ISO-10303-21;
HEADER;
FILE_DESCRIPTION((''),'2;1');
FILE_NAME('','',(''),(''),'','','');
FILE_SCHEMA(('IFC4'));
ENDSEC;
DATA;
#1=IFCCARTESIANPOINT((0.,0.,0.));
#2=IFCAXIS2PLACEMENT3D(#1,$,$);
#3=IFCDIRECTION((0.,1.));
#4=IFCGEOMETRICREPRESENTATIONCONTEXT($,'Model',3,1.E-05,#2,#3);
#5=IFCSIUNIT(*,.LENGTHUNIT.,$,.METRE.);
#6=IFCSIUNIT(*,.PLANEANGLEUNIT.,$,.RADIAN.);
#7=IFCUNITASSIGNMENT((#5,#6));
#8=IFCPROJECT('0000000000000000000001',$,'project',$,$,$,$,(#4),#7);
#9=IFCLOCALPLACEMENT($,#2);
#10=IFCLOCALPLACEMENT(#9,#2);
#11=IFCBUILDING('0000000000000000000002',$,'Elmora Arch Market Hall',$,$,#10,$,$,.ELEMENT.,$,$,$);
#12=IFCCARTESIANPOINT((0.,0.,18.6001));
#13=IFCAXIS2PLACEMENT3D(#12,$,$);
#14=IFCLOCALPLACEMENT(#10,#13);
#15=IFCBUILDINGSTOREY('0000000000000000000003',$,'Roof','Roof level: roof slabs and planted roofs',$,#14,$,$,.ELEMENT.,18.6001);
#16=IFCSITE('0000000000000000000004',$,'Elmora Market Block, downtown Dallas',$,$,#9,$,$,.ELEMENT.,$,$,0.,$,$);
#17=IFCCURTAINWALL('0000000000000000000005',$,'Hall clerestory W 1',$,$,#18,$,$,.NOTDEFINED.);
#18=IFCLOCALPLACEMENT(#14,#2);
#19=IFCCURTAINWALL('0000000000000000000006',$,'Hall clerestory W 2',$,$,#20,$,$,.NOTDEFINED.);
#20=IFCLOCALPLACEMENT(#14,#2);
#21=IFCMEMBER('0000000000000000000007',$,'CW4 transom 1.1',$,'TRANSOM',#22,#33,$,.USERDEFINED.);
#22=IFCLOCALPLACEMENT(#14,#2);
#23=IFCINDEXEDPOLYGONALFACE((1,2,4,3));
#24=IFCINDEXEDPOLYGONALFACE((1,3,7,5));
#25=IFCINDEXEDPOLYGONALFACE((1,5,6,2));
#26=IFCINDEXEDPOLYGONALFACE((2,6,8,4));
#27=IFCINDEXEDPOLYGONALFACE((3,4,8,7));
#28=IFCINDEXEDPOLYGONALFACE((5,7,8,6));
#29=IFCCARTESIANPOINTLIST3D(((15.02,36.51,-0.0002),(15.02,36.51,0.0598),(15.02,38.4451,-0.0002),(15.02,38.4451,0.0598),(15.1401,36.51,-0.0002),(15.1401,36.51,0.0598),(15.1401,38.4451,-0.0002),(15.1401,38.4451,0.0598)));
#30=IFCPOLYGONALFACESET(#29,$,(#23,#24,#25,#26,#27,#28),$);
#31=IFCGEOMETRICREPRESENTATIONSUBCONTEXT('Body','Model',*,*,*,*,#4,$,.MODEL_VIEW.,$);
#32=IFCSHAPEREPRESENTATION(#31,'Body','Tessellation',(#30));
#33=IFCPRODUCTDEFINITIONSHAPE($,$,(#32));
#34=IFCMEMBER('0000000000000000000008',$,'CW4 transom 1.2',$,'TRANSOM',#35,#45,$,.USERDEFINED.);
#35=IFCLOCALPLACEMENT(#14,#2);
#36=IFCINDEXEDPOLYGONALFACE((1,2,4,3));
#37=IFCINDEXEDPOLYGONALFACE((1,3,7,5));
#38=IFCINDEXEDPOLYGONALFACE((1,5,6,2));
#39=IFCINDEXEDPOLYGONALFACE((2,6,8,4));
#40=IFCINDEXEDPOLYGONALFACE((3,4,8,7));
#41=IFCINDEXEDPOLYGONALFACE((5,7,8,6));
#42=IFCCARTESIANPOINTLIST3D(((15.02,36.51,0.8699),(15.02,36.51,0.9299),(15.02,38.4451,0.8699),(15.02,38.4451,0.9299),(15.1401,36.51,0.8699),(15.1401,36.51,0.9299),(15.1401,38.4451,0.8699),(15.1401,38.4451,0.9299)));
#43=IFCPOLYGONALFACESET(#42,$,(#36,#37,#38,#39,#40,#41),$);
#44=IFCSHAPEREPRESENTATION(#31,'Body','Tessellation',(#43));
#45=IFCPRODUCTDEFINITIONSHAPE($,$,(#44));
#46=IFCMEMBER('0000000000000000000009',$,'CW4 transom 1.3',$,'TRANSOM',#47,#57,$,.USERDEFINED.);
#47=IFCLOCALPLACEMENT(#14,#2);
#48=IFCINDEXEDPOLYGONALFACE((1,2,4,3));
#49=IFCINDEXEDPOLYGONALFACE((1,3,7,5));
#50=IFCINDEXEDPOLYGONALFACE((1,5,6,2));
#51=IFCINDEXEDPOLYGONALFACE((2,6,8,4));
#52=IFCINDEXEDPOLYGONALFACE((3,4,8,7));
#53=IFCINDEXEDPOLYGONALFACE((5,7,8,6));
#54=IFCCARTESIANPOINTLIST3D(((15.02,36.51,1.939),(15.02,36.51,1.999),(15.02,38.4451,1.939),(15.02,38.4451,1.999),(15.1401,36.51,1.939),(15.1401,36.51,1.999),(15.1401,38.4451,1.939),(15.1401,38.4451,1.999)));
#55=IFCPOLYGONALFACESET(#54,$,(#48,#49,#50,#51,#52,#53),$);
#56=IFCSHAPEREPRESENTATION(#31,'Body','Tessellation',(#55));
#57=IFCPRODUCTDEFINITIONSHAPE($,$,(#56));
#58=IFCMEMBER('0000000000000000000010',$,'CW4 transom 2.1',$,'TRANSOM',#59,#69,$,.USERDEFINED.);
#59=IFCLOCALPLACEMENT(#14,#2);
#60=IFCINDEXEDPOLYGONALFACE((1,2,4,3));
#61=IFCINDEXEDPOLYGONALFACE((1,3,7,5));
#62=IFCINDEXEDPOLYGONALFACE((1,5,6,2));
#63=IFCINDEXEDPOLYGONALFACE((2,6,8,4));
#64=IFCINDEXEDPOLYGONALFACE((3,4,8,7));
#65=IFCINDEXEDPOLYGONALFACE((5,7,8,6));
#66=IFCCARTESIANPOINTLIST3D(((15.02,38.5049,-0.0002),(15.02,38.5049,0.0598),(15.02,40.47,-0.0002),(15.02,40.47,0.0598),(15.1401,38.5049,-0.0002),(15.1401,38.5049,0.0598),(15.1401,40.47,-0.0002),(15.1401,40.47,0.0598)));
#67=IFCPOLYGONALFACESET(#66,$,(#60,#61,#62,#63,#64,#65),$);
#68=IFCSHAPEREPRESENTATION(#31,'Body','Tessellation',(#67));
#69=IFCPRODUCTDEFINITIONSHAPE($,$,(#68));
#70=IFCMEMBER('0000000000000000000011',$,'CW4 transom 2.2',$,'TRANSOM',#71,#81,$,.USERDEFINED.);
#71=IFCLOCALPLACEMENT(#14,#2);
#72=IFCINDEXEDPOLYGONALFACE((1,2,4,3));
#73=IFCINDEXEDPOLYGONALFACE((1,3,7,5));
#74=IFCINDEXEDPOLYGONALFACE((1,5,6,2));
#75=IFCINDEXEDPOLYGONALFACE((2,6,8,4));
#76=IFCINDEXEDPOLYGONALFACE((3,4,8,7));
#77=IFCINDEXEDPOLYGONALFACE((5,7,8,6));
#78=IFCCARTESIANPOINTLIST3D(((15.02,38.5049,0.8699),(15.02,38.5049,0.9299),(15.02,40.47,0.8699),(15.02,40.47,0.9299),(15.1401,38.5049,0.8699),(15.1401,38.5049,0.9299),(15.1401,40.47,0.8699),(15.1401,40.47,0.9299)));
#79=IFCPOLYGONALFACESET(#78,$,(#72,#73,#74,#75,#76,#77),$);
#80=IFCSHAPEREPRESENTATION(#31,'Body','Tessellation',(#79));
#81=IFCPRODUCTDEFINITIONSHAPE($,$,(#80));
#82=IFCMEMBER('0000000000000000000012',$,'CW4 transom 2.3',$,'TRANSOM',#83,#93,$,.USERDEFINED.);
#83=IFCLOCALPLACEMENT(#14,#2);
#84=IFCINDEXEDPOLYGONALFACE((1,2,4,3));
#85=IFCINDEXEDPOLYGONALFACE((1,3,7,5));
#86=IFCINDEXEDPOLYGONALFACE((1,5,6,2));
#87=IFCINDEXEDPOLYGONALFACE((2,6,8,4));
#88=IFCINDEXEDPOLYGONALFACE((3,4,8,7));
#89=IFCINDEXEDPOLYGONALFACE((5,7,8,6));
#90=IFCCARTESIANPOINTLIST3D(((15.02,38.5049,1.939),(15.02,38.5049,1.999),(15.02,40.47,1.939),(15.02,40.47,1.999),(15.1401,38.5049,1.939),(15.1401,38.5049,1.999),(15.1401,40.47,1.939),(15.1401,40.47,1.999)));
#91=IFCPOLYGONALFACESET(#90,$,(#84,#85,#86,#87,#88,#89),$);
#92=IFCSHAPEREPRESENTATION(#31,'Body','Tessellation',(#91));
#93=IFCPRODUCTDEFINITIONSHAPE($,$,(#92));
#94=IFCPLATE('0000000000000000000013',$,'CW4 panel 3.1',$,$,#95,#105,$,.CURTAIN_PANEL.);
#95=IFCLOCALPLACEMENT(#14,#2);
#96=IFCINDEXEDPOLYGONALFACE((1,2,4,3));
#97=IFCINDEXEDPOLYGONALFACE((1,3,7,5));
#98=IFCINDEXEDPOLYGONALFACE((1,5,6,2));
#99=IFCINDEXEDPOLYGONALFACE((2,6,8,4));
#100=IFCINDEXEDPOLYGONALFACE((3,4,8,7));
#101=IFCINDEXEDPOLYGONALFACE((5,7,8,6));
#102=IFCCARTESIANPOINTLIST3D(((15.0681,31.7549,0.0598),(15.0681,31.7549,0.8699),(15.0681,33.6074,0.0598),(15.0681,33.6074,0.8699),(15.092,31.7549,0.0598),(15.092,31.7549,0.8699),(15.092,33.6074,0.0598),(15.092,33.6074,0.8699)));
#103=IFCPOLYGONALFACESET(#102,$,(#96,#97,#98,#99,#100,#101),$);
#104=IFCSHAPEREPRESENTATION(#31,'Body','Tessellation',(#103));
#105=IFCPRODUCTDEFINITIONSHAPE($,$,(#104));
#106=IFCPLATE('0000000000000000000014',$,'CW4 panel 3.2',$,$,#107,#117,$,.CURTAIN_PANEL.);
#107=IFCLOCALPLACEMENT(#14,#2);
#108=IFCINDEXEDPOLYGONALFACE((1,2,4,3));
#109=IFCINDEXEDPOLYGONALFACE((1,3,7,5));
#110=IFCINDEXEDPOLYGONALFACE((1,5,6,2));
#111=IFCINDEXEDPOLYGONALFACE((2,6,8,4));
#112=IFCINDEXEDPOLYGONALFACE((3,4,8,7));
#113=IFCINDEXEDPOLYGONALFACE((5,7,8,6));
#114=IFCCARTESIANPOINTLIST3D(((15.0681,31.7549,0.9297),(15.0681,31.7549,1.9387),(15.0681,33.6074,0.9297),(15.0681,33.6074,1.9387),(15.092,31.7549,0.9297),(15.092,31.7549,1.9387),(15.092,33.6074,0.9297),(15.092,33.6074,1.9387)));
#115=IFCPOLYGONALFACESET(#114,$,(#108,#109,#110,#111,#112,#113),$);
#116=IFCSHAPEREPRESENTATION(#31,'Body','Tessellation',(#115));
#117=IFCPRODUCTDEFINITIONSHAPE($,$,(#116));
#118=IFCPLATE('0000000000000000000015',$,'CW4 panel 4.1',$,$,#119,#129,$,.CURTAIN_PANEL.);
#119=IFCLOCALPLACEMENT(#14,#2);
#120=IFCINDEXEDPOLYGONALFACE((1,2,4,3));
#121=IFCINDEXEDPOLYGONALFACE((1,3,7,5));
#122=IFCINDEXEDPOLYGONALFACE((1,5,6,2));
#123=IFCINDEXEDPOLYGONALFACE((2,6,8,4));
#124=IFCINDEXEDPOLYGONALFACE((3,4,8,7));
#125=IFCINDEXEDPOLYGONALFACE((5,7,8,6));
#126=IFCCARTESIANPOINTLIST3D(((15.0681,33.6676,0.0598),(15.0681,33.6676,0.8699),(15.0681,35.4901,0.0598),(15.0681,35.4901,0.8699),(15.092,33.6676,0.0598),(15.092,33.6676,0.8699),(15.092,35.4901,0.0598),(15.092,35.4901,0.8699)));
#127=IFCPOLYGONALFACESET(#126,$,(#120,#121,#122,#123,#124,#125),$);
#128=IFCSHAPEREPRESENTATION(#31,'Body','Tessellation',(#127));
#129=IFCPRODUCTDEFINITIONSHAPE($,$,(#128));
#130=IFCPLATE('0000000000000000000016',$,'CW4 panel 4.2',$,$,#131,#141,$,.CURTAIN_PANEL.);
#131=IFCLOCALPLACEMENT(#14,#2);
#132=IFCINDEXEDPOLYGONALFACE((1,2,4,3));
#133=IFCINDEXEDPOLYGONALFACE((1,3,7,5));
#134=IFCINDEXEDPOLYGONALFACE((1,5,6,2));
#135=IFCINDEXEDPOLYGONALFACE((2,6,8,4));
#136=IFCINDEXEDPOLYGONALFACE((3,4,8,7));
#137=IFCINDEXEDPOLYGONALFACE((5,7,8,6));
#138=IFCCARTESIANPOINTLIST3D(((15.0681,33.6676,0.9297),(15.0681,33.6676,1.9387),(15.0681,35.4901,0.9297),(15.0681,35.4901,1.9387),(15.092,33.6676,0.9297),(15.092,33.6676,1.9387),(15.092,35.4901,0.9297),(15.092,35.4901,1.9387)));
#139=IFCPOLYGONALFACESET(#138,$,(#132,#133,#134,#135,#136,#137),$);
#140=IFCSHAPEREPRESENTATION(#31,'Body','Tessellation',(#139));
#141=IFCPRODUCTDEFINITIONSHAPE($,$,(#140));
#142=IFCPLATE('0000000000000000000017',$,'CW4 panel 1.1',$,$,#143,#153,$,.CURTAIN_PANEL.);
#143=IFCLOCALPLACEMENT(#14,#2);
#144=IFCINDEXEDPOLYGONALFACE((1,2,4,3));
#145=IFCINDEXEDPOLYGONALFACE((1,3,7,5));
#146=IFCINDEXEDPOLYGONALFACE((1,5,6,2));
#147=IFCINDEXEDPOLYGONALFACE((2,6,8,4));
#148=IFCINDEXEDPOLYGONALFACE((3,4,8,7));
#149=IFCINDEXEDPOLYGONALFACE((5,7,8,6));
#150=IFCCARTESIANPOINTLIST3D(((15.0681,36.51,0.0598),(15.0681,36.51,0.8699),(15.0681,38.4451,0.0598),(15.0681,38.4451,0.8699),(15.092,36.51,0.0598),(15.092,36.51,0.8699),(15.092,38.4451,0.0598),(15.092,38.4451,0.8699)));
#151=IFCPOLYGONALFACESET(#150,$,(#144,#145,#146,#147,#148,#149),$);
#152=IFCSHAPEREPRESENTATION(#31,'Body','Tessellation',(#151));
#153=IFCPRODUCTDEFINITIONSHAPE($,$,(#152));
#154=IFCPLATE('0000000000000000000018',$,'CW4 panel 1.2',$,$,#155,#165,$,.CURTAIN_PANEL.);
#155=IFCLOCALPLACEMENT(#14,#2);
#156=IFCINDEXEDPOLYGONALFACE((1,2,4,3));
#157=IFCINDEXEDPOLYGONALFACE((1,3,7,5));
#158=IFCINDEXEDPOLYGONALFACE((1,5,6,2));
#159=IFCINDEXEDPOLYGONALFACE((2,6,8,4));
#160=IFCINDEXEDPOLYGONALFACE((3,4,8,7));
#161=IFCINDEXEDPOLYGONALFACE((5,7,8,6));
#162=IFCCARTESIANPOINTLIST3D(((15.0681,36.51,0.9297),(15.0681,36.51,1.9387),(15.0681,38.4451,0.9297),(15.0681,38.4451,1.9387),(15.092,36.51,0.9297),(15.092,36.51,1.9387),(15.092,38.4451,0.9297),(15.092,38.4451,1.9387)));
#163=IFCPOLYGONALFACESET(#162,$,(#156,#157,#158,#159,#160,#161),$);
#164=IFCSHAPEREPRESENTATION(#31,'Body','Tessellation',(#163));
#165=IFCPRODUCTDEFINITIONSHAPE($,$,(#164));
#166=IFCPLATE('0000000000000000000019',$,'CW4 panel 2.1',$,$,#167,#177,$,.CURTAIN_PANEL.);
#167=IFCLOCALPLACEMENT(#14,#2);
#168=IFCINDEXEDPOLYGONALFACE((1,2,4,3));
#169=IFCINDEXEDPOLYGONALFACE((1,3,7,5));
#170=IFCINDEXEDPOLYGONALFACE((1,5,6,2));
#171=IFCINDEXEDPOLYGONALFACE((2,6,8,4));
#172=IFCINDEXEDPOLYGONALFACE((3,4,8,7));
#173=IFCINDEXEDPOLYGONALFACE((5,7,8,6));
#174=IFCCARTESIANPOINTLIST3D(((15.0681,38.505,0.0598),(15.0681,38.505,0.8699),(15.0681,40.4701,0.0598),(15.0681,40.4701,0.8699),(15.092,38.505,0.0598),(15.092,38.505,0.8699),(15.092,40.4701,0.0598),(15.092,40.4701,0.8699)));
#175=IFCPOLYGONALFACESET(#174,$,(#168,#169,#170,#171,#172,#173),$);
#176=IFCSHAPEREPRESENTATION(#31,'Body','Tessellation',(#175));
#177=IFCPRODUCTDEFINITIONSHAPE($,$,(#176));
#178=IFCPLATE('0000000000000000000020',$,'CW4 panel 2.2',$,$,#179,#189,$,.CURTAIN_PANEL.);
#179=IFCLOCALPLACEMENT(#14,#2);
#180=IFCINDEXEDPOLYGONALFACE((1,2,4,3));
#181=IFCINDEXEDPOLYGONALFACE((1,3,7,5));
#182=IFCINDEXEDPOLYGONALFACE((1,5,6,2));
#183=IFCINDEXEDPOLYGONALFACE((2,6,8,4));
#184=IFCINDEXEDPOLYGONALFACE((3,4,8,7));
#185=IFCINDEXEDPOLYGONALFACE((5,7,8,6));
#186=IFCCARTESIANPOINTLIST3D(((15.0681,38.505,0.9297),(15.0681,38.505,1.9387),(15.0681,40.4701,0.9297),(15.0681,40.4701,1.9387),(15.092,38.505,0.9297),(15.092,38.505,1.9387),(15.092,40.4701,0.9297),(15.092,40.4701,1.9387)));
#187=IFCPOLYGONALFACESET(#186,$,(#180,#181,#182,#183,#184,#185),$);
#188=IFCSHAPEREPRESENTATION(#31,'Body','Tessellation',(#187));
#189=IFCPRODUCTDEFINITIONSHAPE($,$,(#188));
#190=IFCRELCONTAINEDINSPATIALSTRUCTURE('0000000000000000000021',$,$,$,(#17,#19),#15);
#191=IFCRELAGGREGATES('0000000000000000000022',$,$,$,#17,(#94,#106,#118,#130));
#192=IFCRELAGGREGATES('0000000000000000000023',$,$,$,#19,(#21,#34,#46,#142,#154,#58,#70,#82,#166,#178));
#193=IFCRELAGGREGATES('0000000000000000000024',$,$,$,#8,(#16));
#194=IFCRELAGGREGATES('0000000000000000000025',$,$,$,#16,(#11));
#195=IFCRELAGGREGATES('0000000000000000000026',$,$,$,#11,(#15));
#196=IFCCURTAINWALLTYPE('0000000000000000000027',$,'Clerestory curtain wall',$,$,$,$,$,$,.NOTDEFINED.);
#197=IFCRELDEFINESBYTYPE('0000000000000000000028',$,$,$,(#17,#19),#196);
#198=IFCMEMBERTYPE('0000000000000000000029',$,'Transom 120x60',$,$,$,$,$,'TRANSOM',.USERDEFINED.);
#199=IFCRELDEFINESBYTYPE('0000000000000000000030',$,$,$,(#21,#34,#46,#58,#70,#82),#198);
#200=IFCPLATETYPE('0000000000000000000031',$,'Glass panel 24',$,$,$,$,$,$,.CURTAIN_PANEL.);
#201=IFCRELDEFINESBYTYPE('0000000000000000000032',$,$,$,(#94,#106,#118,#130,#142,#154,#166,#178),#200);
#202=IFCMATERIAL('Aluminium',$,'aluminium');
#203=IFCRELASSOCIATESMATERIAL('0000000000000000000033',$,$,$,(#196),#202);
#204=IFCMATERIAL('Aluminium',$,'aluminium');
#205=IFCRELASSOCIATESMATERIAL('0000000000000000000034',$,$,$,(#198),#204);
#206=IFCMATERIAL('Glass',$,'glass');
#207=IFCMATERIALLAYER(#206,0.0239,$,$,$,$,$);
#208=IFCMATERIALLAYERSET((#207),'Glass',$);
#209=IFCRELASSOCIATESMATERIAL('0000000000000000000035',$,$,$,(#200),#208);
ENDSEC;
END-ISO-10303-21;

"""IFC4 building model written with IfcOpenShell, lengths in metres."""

from ifc_helpers import new_model, si_unit, direction, frame, origin, origin_2d, place, context, subcontext, project, spatial, rectangle, extrude, material, layer, layer_set, material_profile, profile_set, type_object, element, aggregate, save


model = new_model("IFC4")

# Units and contexts
model_context = context("Model", 3, precision=1e-05, world=origin(), true_north=direction((0.0, 1.0)))
body_context = subcontext(model_context, "Body", "Model", "MODEL_VIEW")
ifc_project = project(units=[si_unit("LENGTHUNIT", "METRE"), si_unit("PLANEANGLEUNIT", "RADIAN")], contexts=[model_context])

# Site, building, storey
site_placement = place(None, origin())
site = spatial("IfcSite", under=ifc_project, at=site_placement, Name="Elmora Market Block, downtown Dallas", CompositionType="ELEMENT", RefElevation=0.0)
building_placement = place(site_placement, origin())
building = spatial("IfcBuilding", under=site, at=building_placement, Name="Elmora Arch Market Hall", CompositionType="ELEMENT")
storey_placement = place(building_placement, frame((0.0, 0.0, 18.6001)))
storey = spatial("IfcBuildingStorey", under=building, at=storey_placement, Name="Roof", Description="Roof level: roof slabs and planted roofs", CompositionType="ELEMENT", Elevation=18.6001)

# Curtain walls
ifc_material_1 = material(Name="Aluminium", Category="aluminium")
curtain_wall_type = type_object("IfcCurtainWallType", Name="Clerestory curtain wall", PredefinedType="NOTDEFINED", material=ifc_material_1)
curtain_wall_1_placement = place(storey_placement, origin())
curtain_wall_1 = element("IfcCurtainWall", 1, at=curtain_wall_1_placement, inside=storey, type_object=curtain_wall_type, Name="Hall clerestory W 1", PredefinedType="NOTDEFINED")
curtain_wall_2_placement = place(storey_placement, origin())
curtain_wall_2 = element("IfcCurtainWall", 2, at=curtain_wall_2_placement, inside=storey, type_object=curtain_wall_type, Name="Hall clerestory W 2", PredefinedType="NOTDEFINED")

# Members
ifc_material_2 = material(Name="Aluminium", Category="aluminium")
ifc_material_profile_1 = material_profile(ifc_material_2, rectangle(XDim=0.1201, YDim=0.0601, at=origin_2d()), Name="AL 120x60")
ifc_profile_set_1 = profile_set([ifc_material_profile_1], Name="Aluminium")
member_type_1 = type_object("IfcMemberType", Name="Transom 120x60", ElementType="TRANSOM", PredefinedType="USERDEFINED", material=ifc_profile_set_1)
member_1_placement = place(storey_placement, frame((15.0801, 36.51, 0.0298), z_axis=(0.0, 1.0, 0.0), x_axis=(-1.0, 0.0, 0.0)))
member_1 = element("IfcMember", 3, at=member_1_placement, type_object=member_type_1, Name="CW4 transom 1.1", ObjectType="TRANSOM", PredefinedType="USERDEFINED", context=body_context, shape_type="SweptSolid", body=[
    extrude(rectangle(XDim=0.1201, YDim=0.0601, at=origin_2d()), origin(), (0.0, 0.0, 1.0), 1.9351),
])
member_2_placement = place(storey_placement, frame((15.0801, 36.51, 0.8999), z_axis=(0.0, 1.0, 0.0), x_axis=(-1.0, 0.0, 0.0)))
member_2 = element("IfcMember", 4, at=member_2_placement, type_object=member_type_1, Name="CW4 transom 1.2", ObjectType="TRANSOM", PredefinedType="USERDEFINED", context=body_context, shape_type="SweptSolid", body=[
    extrude(rectangle(XDim=0.1201, YDim=0.0601, at=origin_2d()), origin(), (0.0, 0.0, 1.0), 1.9351),
])
member_3_placement = place(storey_placement, frame((15.0801, 36.51, 1.969), z_axis=(0.0, 1.0, 0.0), x_axis=(-1.0, 0.0, 0.0)))
member_3 = element("IfcMember", 5, at=member_3_placement, type_object=member_type_1, Name="CW4 transom 1.3", ObjectType="TRANSOM", PredefinedType="USERDEFINED", context=body_context, shape_type="SweptSolid", body=[
    extrude(rectangle(XDim=0.1201, YDim=0.0601, at=origin_2d()), origin(), (0.0, 0.0, 1.0), 1.9351),
])
member_4_placement = place(storey_placement, frame((15.0801, 38.5049, 0.0298), z_axis=(0.0, 1.0, 0.0), x_axis=(-1.0, 0.0, 0.0)))
member_4 = element("IfcMember", 6, at=member_4_placement, type_object=member_type_1, Name="CW4 transom 2.1", ObjectType="TRANSOM", PredefinedType="USERDEFINED", context=body_context, shape_type="SweptSolid", body=[
    extrude(rectangle(XDim=0.1201, YDim=0.0601, at=origin_2d()), origin(), (0.0, 0.0, 1.0), 1.9651),
])
member_5_placement = place(storey_placement, frame((15.0801, 38.5049, 0.8999), z_axis=(0.0, 1.0, 0.0), x_axis=(-1.0, 0.0, 0.0)))
member_5 = element("IfcMember", 7, at=member_5_placement, type_object=member_type_1, Name="CW4 transom 2.2", ObjectType="TRANSOM", PredefinedType="USERDEFINED", context=body_context, shape_type="SweptSolid", body=[
    extrude(rectangle(XDim=0.1201, YDim=0.0601, at=origin_2d()), origin(), (0.0, 0.0, 1.0), 1.9651),
])
member_6_placement = place(storey_placement, frame((15.0801, 38.5049, 1.969), z_axis=(0.0, 1.0, 0.0), x_axis=(-1.0, 0.0, 0.0)))
member_6 = element("IfcMember", 8, at=member_6_placement, type_object=member_type_1, Name="CW4 transom 2.3", ObjectType="TRANSOM", PredefinedType="USERDEFINED", context=body_context, shape_type="SweptSolid", body=[
    extrude(rectangle(XDim=0.1201, YDim=0.0601, at=origin_2d()), origin(), (0.0, 0.0, 1.0), 1.9651),
])

# Plates
ifc_material_3 = material(Name="Glass", Category="glass")
ifc_layer_1 = layer(ifc_material_3, 0.0239)
ifc_layer_set_1 = layer_set([ifc_layer_1], Name="Glass")
plate_type = type_object("IfcPlateType", Name="Glass panel 24", PredefinedType="CURTAIN_PANEL", material=ifc_layer_set_1)
plate_1_placement = place(storey_placement, frame((15.0801, 32.6812, 0.0598), z_axis=(0.0, 0.0, 1.0), x_axis=(0.0, 1.0, 0.0)))
plate_1 = element("IfcPlate", 9, at=plate_1_placement, type_object=plate_type, Name="CW4 panel 3.1", PredefinedType="CURTAIN_PANEL", context=body_context, shape_type="SweptSolid", body=[
    extrude(rectangle(XDim=1.8525, YDim=0.0239, at=origin_2d()), origin(), (0.0, 0.0, 1.0), 0.8101),
])
plate_2_placement = place(storey_placement, frame((15.0801, 32.6812, 0.9297), z_axis=(0.0, 0.0, 1.0), x_axis=(0.0, 1.0, 0.0)))
plate_2 = element("IfcPlate", 10, at=plate_2_placement, type_object=plate_type, Name="CW4 panel 3.2", PredefinedType="CURTAIN_PANEL", context=body_context, shape_type="SweptSolid", body=[
    extrude(rectangle(XDim=1.8525, YDim=0.0239, at=origin_2d()), origin(), (0.0, 0.0, 1.0), 1.009),
])
plate_3_placement = place(storey_placement, frame((15.0801, 34.5789, 0.0598), z_axis=(0.0, 0.0, 1.0), x_axis=(0.0, 1.0, 0.0)))
plate_3 = element("IfcPlate", 11, at=plate_3_placement, type_object=plate_type, Name="CW4 panel 4.1", PredefinedType="CURTAIN_PANEL", context=body_context, shape_type="SweptSolid", body=[
    extrude(rectangle(XDim=1.8225, YDim=0.0239, at=origin_2d()), origin(), (0.0, 0.0, 1.0), 0.8101),
])
plate_4_placement = place(storey_placement, frame((15.0801, 34.5789, 0.9297), z_axis=(0.0, 0.0, 1.0), x_axis=(0.0, 1.0, 0.0)))
plate_4 = element("IfcPlate", 12, at=plate_4_placement, type_object=plate_type, Name="CW4 panel 4.2", PredefinedType="CURTAIN_PANEL", context=body_context, shape_type="SweptSolid", body=[
    extrude(rectangle(XDim=1.8225, YDim=0.0239, at=origin_2d()), origin(), (0.0, 0.0, 1.0), 1.009),
])
aggregate(curtain_wall_1, [plate_1, plate_2, plate_3, plate_4])
plate_5_placement = place(storey_placement, frame((15.0801, 37.4775, 0.0598), z_axis=(0.0, 0.0, 1.0), x_axis=(0.0, 1.0, 0.0)))
plate_5 = element("IfcPlate", 13, at=plate_5_placement, type_object=plate_type, Name="CW4 panel 1.1", PredefinedType="CURTAIN_PANEL", context=body_context, shape_type="SweptSolid", body=[
    extrude(rectangle(XDim=1.9351, YDim=0.0239, at=origin_2d()), origin(), (0.0, 0.0, 1.0), 0.8101),
])
plate_6_placement = place(storey_placement, frame((15.0801, 37.4775, 0.9297), z_axis=(0.0, 0.0, 1.0), x_axis=(0.0, 1.0, 0.0)))
plate_6 = element("IfcPlate", 14, at=plate_6_placement, type_object=plate_type, Name="CW4 panel 1.2", PredefinedType="CURTAIN_PANEL", context=body_context, shape_type="SweptSolid", body=[
    extrude(rectangle(XDim=1.9351, YDim=0.0239, at=origin_2d()), origin(), (0.0, 0.0, 1.0), 1.009),
])
plate_7_placement = place(storey_placement, frame((15.0801, 39.4875, 0.0598), z_axis=(0.0, 0.0, 1.0), x_axis=(0.0, 1.0, 0.0)))
plate_7 = element("IfcPlate", 15, at=plate_7_placement, type_object=plate_type, Name="CW4 panel 2.1", PredefinedType="CURTAIN_PANEL", context=body_context, shape_type="SweptSolid", body=[
    extrude(rectangle(XDim=1.9651, YDim=0.0239, at=origin_2d()), origin(), (0.0, 0.0, 1.0), 0.8101),
])
plate_8_placement = place(storey_placement, frame((15.0801, 39.4875, 0.9297), z_axis=(0.0, 0.0, 1.0), x_axis=(0.0, 1.0, 0.0)))
plate_8 = element("IfcPlate", 16, at=plate_8_placement, type_object=plate_type, Name="CW4 panel 2.2", PredefinedType="CURTAIN_PANEL", context=body_context, shape_type="SweptSolid", body=[
    extrude(rectangle(XDim=1.9651, YDim=0.0239, at=origin_2d()), origin(), (0.0, 0.0, 1.0), 1.009),
])
aggregate(curtain_wall_2, [member_1, member_2, member_3, plate_5, plate_6, member_4, member_5, member_6, plate_7, plate_8])

save(model, "model.ifc")
